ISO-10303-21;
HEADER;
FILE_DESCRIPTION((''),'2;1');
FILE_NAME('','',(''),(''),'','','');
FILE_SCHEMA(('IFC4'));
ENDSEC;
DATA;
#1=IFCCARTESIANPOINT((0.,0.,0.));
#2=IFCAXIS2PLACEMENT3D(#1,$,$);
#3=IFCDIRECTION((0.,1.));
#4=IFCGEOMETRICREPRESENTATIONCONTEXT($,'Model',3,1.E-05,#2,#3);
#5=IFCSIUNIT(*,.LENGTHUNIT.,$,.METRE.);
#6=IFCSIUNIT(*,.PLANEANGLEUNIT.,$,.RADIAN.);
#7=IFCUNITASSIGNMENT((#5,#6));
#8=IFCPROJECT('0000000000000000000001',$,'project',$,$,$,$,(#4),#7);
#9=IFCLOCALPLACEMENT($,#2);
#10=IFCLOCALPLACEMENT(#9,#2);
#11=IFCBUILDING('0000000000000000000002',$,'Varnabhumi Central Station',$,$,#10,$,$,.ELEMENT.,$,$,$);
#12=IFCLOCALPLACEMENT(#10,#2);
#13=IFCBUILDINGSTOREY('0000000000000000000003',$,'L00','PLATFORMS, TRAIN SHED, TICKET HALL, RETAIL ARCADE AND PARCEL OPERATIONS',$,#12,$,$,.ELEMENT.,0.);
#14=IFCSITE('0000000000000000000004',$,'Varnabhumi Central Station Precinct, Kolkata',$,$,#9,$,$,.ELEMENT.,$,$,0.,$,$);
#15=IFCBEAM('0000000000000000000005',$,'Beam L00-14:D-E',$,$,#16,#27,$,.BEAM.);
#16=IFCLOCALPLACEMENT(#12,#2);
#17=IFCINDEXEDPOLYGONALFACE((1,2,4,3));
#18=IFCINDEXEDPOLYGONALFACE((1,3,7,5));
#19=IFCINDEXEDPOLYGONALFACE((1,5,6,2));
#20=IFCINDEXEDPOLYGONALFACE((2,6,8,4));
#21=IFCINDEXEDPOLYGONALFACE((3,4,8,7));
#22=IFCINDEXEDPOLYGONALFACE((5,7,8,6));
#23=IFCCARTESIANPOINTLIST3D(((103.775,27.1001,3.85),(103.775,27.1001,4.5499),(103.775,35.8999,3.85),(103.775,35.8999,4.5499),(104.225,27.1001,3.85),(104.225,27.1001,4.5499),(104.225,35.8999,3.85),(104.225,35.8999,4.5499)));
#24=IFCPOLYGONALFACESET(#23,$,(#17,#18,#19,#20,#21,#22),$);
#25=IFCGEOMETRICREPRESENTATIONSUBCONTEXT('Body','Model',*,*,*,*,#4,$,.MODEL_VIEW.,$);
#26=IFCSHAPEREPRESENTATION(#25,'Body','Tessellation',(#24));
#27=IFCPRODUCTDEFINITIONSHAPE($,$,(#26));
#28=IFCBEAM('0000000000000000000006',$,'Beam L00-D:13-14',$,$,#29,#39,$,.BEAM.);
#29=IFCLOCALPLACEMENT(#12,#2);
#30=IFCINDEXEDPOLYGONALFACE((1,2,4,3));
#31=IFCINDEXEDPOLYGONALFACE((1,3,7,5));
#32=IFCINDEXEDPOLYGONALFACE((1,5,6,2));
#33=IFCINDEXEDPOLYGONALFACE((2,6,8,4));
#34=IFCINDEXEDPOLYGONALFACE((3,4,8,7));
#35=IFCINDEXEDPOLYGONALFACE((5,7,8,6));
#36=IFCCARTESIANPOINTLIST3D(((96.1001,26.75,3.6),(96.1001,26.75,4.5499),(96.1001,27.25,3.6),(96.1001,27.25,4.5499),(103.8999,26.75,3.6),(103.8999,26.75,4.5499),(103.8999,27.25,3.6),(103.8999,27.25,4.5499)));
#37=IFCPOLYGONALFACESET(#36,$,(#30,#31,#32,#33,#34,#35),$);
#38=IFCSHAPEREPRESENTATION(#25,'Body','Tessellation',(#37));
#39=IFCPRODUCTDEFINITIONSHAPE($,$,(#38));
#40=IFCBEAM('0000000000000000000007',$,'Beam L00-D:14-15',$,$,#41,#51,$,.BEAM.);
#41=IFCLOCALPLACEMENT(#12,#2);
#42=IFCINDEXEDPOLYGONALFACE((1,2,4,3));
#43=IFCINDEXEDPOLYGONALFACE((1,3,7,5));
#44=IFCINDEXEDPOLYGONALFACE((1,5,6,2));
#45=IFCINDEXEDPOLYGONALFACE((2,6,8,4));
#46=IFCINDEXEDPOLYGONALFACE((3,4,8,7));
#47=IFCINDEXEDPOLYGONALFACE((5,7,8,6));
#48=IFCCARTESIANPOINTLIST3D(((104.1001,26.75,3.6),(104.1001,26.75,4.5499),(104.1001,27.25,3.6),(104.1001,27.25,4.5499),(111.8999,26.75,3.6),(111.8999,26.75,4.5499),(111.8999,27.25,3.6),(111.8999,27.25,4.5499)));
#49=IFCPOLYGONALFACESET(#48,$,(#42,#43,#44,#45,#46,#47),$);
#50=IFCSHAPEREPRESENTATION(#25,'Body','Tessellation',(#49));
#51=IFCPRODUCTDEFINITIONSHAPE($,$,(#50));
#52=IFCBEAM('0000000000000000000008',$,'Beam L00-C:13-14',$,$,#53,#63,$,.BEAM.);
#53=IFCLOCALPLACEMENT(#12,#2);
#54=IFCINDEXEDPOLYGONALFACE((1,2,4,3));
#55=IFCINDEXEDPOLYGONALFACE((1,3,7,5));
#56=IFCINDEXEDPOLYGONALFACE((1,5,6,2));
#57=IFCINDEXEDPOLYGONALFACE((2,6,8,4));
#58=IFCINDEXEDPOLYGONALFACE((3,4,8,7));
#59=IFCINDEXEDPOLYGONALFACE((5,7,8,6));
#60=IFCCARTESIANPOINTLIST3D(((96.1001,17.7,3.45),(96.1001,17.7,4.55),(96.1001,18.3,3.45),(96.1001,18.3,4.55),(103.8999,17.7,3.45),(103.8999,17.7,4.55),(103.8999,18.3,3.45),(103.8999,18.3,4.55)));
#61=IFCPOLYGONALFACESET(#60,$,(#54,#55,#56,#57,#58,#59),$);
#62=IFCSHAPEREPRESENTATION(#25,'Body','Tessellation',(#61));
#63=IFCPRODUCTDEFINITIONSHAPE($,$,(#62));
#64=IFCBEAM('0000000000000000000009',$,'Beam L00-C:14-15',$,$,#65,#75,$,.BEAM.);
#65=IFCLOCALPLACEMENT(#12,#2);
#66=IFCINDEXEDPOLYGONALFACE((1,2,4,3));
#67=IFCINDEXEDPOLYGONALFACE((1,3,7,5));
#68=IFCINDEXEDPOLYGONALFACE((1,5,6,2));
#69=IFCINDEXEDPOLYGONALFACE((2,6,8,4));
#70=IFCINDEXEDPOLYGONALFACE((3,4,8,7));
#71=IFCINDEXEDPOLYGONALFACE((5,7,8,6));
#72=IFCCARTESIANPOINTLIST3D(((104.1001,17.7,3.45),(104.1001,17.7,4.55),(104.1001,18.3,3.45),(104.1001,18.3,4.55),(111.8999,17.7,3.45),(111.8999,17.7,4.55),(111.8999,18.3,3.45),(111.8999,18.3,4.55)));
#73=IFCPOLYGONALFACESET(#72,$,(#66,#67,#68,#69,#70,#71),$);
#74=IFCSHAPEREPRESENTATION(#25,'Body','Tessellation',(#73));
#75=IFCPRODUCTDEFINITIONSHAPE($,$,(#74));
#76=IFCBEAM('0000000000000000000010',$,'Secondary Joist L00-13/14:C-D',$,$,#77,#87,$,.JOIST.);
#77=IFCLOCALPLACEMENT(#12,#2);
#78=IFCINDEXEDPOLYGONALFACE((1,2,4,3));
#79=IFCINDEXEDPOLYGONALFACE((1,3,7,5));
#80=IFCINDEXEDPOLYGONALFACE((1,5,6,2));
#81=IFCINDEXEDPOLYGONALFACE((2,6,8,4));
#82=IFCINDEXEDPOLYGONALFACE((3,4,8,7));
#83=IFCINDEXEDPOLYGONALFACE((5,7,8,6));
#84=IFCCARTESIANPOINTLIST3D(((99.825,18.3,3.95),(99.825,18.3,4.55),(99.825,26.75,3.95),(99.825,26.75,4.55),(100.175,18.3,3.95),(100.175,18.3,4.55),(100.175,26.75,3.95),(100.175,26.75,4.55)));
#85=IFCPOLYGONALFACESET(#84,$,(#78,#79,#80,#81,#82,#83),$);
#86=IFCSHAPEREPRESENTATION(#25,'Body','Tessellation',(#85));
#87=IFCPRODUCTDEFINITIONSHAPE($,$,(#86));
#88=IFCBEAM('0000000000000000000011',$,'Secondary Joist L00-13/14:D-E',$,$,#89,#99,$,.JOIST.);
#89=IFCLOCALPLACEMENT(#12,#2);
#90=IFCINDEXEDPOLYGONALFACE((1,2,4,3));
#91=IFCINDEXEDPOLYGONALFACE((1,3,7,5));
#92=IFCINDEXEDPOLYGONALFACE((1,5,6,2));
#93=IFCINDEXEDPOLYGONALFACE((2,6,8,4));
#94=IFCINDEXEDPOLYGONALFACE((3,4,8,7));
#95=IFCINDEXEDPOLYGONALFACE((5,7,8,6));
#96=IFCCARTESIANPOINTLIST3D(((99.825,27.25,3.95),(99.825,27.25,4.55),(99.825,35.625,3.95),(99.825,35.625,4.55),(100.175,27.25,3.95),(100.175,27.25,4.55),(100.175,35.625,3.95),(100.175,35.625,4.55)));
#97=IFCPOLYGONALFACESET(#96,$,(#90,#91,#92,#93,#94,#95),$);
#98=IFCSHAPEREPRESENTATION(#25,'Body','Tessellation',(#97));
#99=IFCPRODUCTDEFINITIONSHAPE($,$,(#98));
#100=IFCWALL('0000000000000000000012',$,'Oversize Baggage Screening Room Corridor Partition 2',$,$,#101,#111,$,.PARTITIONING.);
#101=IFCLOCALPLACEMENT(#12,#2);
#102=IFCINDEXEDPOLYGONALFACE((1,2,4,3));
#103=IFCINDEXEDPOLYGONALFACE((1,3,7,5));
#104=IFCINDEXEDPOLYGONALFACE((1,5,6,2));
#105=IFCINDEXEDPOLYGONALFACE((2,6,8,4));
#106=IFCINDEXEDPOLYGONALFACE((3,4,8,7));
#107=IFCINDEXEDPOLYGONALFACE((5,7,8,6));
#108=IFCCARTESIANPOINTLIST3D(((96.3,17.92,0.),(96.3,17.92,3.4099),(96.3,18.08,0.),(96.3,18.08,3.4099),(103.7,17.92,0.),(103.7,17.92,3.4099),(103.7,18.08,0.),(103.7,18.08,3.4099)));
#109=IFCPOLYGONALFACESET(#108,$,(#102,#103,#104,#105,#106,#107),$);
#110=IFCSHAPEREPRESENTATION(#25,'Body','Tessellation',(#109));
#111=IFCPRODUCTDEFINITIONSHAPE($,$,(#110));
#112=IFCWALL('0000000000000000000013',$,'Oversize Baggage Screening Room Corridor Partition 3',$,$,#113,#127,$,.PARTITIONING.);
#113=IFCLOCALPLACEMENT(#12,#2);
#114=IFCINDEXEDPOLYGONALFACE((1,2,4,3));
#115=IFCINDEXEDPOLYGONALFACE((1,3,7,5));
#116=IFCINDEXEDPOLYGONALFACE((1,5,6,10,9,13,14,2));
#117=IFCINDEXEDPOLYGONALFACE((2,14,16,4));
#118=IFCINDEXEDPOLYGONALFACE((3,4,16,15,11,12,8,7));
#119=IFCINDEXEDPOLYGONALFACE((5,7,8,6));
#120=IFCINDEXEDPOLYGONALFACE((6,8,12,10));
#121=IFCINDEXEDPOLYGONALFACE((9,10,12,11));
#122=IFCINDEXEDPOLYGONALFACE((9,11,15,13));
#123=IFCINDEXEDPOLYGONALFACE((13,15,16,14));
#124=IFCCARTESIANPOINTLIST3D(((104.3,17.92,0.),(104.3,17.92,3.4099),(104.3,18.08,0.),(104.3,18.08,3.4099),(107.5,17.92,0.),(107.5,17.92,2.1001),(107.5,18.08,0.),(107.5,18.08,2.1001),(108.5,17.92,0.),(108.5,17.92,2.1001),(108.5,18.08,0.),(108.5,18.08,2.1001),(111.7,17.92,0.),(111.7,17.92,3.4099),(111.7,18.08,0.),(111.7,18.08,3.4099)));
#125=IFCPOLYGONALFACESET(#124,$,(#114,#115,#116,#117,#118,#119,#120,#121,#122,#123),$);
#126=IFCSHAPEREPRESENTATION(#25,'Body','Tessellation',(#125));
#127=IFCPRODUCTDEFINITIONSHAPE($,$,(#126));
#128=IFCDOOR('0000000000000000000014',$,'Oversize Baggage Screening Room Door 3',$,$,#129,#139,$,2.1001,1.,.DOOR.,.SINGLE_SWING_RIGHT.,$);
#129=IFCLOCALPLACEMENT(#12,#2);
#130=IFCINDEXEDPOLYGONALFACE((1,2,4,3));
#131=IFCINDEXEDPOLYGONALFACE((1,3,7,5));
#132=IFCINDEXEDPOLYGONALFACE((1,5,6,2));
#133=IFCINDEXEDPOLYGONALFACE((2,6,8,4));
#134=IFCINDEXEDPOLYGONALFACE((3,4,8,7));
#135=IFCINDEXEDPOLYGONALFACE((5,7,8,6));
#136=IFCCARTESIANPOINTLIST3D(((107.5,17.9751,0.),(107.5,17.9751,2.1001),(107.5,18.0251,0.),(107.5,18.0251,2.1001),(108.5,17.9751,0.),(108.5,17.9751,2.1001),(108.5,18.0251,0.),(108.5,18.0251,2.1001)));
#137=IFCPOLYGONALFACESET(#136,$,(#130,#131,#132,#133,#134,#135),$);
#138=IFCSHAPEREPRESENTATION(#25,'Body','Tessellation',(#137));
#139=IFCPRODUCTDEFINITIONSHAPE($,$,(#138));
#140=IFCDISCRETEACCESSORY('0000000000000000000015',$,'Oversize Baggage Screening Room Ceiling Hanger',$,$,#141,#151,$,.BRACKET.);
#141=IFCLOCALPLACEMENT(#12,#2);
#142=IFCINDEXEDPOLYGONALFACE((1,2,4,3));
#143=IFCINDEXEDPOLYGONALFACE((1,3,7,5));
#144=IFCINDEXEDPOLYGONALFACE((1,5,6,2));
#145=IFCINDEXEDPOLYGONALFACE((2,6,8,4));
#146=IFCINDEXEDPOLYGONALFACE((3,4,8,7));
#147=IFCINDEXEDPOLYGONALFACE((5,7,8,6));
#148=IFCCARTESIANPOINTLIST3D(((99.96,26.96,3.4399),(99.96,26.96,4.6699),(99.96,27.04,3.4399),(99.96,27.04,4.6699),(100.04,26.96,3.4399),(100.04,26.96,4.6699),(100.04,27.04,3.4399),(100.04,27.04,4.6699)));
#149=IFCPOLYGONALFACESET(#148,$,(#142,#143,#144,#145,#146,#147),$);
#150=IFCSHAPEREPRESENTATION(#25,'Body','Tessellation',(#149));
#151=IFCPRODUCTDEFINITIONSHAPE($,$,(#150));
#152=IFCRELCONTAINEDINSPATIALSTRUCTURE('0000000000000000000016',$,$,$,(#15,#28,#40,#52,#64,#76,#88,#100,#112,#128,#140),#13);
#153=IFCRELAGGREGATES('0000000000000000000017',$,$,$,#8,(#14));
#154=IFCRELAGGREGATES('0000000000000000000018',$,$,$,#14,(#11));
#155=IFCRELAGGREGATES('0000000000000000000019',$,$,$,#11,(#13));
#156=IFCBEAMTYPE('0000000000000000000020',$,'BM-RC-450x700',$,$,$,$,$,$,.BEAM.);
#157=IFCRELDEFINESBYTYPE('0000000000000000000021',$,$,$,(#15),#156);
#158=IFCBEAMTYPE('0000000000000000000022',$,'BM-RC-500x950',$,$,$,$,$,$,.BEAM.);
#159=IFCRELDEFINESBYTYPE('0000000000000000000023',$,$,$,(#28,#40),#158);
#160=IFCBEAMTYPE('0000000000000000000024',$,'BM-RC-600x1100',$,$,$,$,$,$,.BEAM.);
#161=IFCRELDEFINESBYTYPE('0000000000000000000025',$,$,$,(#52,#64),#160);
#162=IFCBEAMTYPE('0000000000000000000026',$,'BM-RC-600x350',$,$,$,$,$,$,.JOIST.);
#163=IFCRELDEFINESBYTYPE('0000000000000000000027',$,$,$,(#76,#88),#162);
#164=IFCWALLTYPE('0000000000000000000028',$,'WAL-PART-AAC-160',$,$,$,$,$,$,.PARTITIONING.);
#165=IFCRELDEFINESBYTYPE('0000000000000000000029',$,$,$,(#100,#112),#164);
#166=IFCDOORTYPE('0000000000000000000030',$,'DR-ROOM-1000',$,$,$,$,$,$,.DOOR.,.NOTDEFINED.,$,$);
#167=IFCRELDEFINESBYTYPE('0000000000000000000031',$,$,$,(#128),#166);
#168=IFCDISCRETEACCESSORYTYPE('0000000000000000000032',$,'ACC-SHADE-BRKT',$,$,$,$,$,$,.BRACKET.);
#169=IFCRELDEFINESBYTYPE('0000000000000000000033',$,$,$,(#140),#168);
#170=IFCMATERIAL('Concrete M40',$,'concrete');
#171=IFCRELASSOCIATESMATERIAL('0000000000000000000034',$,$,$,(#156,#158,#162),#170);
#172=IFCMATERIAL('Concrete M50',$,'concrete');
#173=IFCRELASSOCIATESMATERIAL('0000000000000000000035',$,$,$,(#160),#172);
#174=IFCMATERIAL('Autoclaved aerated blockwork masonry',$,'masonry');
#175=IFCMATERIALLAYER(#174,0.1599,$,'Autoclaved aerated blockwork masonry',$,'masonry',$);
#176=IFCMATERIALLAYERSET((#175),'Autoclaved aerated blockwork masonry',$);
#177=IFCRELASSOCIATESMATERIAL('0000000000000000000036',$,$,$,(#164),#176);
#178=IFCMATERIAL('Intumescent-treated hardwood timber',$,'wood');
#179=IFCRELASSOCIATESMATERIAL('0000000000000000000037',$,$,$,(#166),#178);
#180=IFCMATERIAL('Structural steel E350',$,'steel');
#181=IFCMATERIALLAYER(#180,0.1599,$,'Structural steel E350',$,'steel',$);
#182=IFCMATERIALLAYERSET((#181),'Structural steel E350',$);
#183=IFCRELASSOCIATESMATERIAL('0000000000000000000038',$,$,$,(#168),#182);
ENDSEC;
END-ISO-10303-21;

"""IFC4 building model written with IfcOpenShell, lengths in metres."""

from ifc_helpers import new_model, si_unit, direction, frame, frame_2d, origin, origin_2d, place, context, subcontext, project, spatial, rectangle, extrude, material, layer, layer_set, material_profile, profile_set, type_object, element, fill, save


model = new_model("IFC4")

# Units and contexts
model_context = context("Model", 3, precision=1e-05, world=origin(), true_north=direction((0.0, 1.0)))
body_context = subcontext(model_context, "Body", "Model", "MODEL_VIEW")
ifc_project = project(units=[si_unit("LENGTHUNIT", "METRE"), si_unit("PLANEANGLEUNIT", "RADIAN")], contexts=[model_context])

# Site, building, storey
site_placement = place(None, origin())
site = spatial("IfcSite", under=ifc_project, at=site_placement, Name="Varnabhumi Central Station Precinct, Kolkata", CompositionType="ELEMENT", RefElevation=0.0)
building_placement = place(site_placement, origin())
building = spatial("IfcBuilding", under=site, at=building_placement, Name="Varnabhumi Central Station", CompositionType="ELEMENT")
storey_placement = place(building_placement, origin())
storey = spatial("IfcBuildingStorey", under=building, at=storey_placement, Name="L00", Description="PLATFORMS, TRAIN SHED, TICKET HALL, RETAIL ARCADE AND PARCEL OPERATIONS", CompositionType="ELEMENT", Elevation=0.0)

# Shared definitions
ifc_material_1 = material(Name="Concrete M40", Category="concrete")

# Beams
ifc_material_profile_1 = material_profile(ifc_material_1, rectangle(XDim=0.45, YDim=0.7, at=origin_2d()), Name="Concrete M40", Category="concrete")
ifc_profile_set_1 = profile_set([ifc_material_profile_1], Name="Concrete M40")
beam_type_1 = type_object("IfcBeamType", Name="BM-RC-450x700", PredefinedType="BEAM", material=ifc_profile_set_1)
for number, where, z_axis, x_axis, name in (
    (1, (104.0, 27.1001, 4.2), (0.0, 1.0, 0.0), (-1.0, 0.0, 0.0), "Beam L00-14:D-E"),
):
    element("IfcBeam", number, at=place(storey_placement, frame(where, z_axis=z_axis, x_axis=x_axis)), inside=storey, type_object=beam_type_1, Name=name, PredefinedType="BEAM", context=body_context, shape_type="SweptSolid", body=[
        extrude(rectangle(XDim=0.45, YDim=0.7, at=origin_2d()), origin(), (0.0, 0.0, 1.0), 8.7998),
    ])
ifc_material_profile_2 = material_profile(ifc_material_1, rectangle(XDim=0.5, YDim=0.95, at=origin_2d()), Name="Concrete M40", Category="concrete")
ifc_profile_set_2 = profile_set([ifc_material_profile_2], Name="Concrete M40")
beam_type_2 = type_object("IfcBeamType", Name="BM-RC-500x950", PredefinedType="BEAM", material=ifc_profile_set_2)
for number, where, z_axis, x_axis, name in (
    (2, (96.1001, 27.0, 4.075), (1.0, 0.0, 0.0), (0.0, 1.0, 0.0), "Beam L00-D:13-14"),
    (3, (104.1001, 27.0, 4.075), (1.0, 0.0, 0.0), (0.0, 1.0, 0.0), "Beam L00-D:14-15"),
):
    element("IfcBeam", number, at=place(storey_placement, frame(where, z_axis=z_axis, x_axis=x_axis)), inside=storey, type_object=beam_type_2, Name=name, PredefinedType="BEAM", context=body_context, shape_type="SweptSolid", body=[
        extrude(rectangle(XDim=0.5, YDim=0.95, at=origin_2d()), origin(), (0.0, 0.0, 1.0), 7.7998),
    ])
ifc_material_2 = material(Name="Concrete M50", Category="concrete")
ifc_material_profile_3 = material_profile(ifc_material_2, rectangle(XDim=0.6001, YDim=1.1001, at=origin_2d()), Name="Concrete M50", Category="concrete")
ifc_profile_set_3 = profile_set([ifc_material_profile_3], Name="Concrete M50")
beam_type_3 = type_object("IfcBeamType", Name="BM-RC-600x1100", PredefinedType="BEAM", material=ifc_profile_set_3)
for number, where, z_axis, x_axis, name in (
    (4, (96.1001, 18.0, 4.0), (1.0, 0.0, 0.0), (0.0, 1.0, 0.0), "Beam L00-C:13-14"),
    (5, (104.1001, 18.0, 4.0), (1.0, 0.0, 0.0), (0.0, 1.0, 0.0), "Beam L00-C:14-15"),
):
    element("IfcBeam", number, at=place(storey_placement, frame(where, z_axis=z_axis, x_axis=x_axis)), inside=storey, type_object=beam_type_3, Name=name, PredefinedType="BEAM", context=body_context, shape_type="SweptSolid", body=[
        extrude(rectangle(XDim=0.6001, YDim=1.1001, at=origin_2d()), origin(), (0.0, 0.0, 1.0), 7.7998),
    ])
ifc_material_profile_4 = material_profile(ifc_material_1, rectangle(XDim=0.3501, YDim=0.6001, at=origin_2d()), Name="Concrete M40", Category="concrete")
ifc_profile_set_4 = profile_set([ifc_material_profile_4], Name="Concrete M40")
beam_type_4 = type_object("IfcBeamType", Name="BM-RC-600x350", PredefinedType="JOIST", material=ifc_profile_set_4)
beam_1_placement = place(storey_placement, frame((100.0, 18.3, 4.25), z_axis=(0.0, 1.0, 0.0), x_axis=(-1.0, 0.0, 0.0)))
element("IfcBeam", 6, at=beam_1_placement, inside=storey, type_object=beam_type_4, Name="Secondary Joist L00-13/14:C-D", PredefinedType="JOIST", context=body_context, shape_type="SweptSolid", body=[
    extrude(rectangle(XDim=0.3501, YDim=0.6001, at=origin_2d()), origin(), (0.0, 0.0, 1.0), 8.45),
])
beam_2_placement = place(storey_placement, frame((100.0, 27.25, 4.25), z_axis=(0.0, 1.0, 0.0), x_axis=(-1.0, 0.0, 0.0)))
element("IfcBeam", 7, at=beam_2_placement, inside=storey, type_object=beam_type_4, Name="Secondary Joist L00-13/14:D-E", PredefinedType="JOIST", context=body_context, shape_type="SweptSolid", body=[
    extrude(rectangle(XDim=0.3501, YDim=0.6001, at=origin_2d()), origin(), (0.0, 0.0, 1.0), 8.375),
])

# Wall
ifc_material_3 = material(Name="Autoclaved aerated blockwork masonry", Category="masonry")
ifc_layer_1 = layer(ifc_material_3, 0.1599, Name="Autoclaved aerated blockwork masonry", Category="masonry")
ifc_layer_set_1 = layer_set([ifc_layer_1], Name="Autoclaved aerated blockwork masonry")
wall_type = type_object("IfcWallType", Name="WAL-PART-AAC-160", PredefinedType="PARTITIONING", material=ifc_layer_set_1)
wall_1_placement = place(storey_placement, frame((96.3, 18.0, 0.0), z_axis=(0.0, 0.0, 1.0), x_axis=(1.0, 0.0, 0.0)))
element("IfcWall", 8, at=wall_1_placement, inside=storey, type_object=wall_type, Name="Oversize Baggage Screening Room Corridor Partition 2", PredefinedType="PARTITIONING", context=body_context, shape_type="SweptSolid", body=[
    extrude(rectangle(XDim=7.3999, YDim=0.1599, at=frame_2d((3.7, 0.0))), origin(), (0.0, 0.0, 1.0), 3.4099),
])

# Wall, opening, door
wall_2_placement = place(storey_placement, frame((104.3, 18.0, 0.0), z_axis=(0.0, 0.0, 1.0), x_axis=(1.0, 0.0, 0.0)))
wall_2 = element("IfcWall", 9, at=wall_2_placement, inside=storey, type_object=wall_type, Name="Oversize Baggage Screening Room Corridor Partition 3", PredefinedType="PARTITIONING", context=body_context, shape_type="SweptSolid", body=[
    extrude(rectangle(XDim=7.3999, YDim=0.1599, at=frame_2d((3.7, 0.0))), origin(), (0.0, 0.0, 1.0), 3.4099),
])
opening_placement = place(wall_2_placement, frame((3.2, 0.0, 0.0)))
opening = element("IfcOpeningElement", 10, at=opening_placement, cuts=wall_2, PredefinedType="OPENING", context=body_context, shape_type="SweptSolid", body=[
    extrude(rectangle(XDim=1.0, YDim=2.1001, at=frame_2d((0.5, 1.05))), frame((0.0, 0.0898, 0.0), z_axis=(0.0, -1.0, 0.0), x_axis=(1.0, 0.0, 0.0)), (0.0, 0.0, 1.0), 0.1799),
])
ifc_material_4 = material(Name="Intumescent-treated hardwood timber", Category="wood")
door_type = type_object("IfcDoorType", Name="DR-ROOM-1000", OperationType="NOTDEFINED", PredefinedType="DOOR", material=ifc_material_4)
door_placement = place(opening_placement, frame((1.0, 0.0, 0.0), z_axis=(0.0, 0.0, 1.0), x_axis=(-1.0, 0.0, 0.0)))
door = element("IfcDoor", 11, at=door_placement, inside=storey, type_object=door_type, Name="Oversize Baggage Screening Room Door 3", OperationType="SINGLE_SWING_RIGHT", OverallHeight=2.1001, OverallWidth=1.0, PredefinedType="DOOR", context=body_context, shape_type="SweptSolid", body=[
    extrude(rectangle(XDim=1.0, YDim=2.1001, at=frame_2d((0.5, 1.05))), frame((0.0, 0.0249, 0.0), z_axis=(0.0, -1.0, 0.0), x_axis=(1.0, 0.0, 0.0)), (0.0, 0.0, 1.0), 0.05),
])
fill(opening, door)

# Discrete accessory
ifc_material_5 = material(Name="Structural steel E350", Category="steel")
ifc_layer_2 = layer(ifc_material_5, 0.1599, Name="Structural steel E350", Category="steel")
ifc_layer_set_2 = layer_set([ifc_layer_2], Name="Structural steel E350")
discrete_accessory_type = type_object("IfcDiscreteAccessoryType", Name="ACC-SHADE-BRKT", PredefinedType="BRACKET", material=ifc_layer_set_2)
discrete_accessory_placement = place(storey_placement, frame((100.0, 27.0, 3.4399), z_axis=(0.0, 0.0, 1.0), x_axis=(1.0, 0.0, 0.0)))
element("IfcDiscreteAccessory", 12, at=discrete_accessory_placement, inside=storey, type_object=discrete_accessory_type, Name="Oversize Baggage Screening Room Ceiling Hanger", PredefinedType="BRACKET", context=body_context, shape_type="SweptSolid", body=[
    extrude(rectangle(XDim=0.0801, YDim=0.0801, at=origin_2d()), origin(), (0.0, 0.0, 1.0), 1.23),
])

save(model, "model.ifc")
